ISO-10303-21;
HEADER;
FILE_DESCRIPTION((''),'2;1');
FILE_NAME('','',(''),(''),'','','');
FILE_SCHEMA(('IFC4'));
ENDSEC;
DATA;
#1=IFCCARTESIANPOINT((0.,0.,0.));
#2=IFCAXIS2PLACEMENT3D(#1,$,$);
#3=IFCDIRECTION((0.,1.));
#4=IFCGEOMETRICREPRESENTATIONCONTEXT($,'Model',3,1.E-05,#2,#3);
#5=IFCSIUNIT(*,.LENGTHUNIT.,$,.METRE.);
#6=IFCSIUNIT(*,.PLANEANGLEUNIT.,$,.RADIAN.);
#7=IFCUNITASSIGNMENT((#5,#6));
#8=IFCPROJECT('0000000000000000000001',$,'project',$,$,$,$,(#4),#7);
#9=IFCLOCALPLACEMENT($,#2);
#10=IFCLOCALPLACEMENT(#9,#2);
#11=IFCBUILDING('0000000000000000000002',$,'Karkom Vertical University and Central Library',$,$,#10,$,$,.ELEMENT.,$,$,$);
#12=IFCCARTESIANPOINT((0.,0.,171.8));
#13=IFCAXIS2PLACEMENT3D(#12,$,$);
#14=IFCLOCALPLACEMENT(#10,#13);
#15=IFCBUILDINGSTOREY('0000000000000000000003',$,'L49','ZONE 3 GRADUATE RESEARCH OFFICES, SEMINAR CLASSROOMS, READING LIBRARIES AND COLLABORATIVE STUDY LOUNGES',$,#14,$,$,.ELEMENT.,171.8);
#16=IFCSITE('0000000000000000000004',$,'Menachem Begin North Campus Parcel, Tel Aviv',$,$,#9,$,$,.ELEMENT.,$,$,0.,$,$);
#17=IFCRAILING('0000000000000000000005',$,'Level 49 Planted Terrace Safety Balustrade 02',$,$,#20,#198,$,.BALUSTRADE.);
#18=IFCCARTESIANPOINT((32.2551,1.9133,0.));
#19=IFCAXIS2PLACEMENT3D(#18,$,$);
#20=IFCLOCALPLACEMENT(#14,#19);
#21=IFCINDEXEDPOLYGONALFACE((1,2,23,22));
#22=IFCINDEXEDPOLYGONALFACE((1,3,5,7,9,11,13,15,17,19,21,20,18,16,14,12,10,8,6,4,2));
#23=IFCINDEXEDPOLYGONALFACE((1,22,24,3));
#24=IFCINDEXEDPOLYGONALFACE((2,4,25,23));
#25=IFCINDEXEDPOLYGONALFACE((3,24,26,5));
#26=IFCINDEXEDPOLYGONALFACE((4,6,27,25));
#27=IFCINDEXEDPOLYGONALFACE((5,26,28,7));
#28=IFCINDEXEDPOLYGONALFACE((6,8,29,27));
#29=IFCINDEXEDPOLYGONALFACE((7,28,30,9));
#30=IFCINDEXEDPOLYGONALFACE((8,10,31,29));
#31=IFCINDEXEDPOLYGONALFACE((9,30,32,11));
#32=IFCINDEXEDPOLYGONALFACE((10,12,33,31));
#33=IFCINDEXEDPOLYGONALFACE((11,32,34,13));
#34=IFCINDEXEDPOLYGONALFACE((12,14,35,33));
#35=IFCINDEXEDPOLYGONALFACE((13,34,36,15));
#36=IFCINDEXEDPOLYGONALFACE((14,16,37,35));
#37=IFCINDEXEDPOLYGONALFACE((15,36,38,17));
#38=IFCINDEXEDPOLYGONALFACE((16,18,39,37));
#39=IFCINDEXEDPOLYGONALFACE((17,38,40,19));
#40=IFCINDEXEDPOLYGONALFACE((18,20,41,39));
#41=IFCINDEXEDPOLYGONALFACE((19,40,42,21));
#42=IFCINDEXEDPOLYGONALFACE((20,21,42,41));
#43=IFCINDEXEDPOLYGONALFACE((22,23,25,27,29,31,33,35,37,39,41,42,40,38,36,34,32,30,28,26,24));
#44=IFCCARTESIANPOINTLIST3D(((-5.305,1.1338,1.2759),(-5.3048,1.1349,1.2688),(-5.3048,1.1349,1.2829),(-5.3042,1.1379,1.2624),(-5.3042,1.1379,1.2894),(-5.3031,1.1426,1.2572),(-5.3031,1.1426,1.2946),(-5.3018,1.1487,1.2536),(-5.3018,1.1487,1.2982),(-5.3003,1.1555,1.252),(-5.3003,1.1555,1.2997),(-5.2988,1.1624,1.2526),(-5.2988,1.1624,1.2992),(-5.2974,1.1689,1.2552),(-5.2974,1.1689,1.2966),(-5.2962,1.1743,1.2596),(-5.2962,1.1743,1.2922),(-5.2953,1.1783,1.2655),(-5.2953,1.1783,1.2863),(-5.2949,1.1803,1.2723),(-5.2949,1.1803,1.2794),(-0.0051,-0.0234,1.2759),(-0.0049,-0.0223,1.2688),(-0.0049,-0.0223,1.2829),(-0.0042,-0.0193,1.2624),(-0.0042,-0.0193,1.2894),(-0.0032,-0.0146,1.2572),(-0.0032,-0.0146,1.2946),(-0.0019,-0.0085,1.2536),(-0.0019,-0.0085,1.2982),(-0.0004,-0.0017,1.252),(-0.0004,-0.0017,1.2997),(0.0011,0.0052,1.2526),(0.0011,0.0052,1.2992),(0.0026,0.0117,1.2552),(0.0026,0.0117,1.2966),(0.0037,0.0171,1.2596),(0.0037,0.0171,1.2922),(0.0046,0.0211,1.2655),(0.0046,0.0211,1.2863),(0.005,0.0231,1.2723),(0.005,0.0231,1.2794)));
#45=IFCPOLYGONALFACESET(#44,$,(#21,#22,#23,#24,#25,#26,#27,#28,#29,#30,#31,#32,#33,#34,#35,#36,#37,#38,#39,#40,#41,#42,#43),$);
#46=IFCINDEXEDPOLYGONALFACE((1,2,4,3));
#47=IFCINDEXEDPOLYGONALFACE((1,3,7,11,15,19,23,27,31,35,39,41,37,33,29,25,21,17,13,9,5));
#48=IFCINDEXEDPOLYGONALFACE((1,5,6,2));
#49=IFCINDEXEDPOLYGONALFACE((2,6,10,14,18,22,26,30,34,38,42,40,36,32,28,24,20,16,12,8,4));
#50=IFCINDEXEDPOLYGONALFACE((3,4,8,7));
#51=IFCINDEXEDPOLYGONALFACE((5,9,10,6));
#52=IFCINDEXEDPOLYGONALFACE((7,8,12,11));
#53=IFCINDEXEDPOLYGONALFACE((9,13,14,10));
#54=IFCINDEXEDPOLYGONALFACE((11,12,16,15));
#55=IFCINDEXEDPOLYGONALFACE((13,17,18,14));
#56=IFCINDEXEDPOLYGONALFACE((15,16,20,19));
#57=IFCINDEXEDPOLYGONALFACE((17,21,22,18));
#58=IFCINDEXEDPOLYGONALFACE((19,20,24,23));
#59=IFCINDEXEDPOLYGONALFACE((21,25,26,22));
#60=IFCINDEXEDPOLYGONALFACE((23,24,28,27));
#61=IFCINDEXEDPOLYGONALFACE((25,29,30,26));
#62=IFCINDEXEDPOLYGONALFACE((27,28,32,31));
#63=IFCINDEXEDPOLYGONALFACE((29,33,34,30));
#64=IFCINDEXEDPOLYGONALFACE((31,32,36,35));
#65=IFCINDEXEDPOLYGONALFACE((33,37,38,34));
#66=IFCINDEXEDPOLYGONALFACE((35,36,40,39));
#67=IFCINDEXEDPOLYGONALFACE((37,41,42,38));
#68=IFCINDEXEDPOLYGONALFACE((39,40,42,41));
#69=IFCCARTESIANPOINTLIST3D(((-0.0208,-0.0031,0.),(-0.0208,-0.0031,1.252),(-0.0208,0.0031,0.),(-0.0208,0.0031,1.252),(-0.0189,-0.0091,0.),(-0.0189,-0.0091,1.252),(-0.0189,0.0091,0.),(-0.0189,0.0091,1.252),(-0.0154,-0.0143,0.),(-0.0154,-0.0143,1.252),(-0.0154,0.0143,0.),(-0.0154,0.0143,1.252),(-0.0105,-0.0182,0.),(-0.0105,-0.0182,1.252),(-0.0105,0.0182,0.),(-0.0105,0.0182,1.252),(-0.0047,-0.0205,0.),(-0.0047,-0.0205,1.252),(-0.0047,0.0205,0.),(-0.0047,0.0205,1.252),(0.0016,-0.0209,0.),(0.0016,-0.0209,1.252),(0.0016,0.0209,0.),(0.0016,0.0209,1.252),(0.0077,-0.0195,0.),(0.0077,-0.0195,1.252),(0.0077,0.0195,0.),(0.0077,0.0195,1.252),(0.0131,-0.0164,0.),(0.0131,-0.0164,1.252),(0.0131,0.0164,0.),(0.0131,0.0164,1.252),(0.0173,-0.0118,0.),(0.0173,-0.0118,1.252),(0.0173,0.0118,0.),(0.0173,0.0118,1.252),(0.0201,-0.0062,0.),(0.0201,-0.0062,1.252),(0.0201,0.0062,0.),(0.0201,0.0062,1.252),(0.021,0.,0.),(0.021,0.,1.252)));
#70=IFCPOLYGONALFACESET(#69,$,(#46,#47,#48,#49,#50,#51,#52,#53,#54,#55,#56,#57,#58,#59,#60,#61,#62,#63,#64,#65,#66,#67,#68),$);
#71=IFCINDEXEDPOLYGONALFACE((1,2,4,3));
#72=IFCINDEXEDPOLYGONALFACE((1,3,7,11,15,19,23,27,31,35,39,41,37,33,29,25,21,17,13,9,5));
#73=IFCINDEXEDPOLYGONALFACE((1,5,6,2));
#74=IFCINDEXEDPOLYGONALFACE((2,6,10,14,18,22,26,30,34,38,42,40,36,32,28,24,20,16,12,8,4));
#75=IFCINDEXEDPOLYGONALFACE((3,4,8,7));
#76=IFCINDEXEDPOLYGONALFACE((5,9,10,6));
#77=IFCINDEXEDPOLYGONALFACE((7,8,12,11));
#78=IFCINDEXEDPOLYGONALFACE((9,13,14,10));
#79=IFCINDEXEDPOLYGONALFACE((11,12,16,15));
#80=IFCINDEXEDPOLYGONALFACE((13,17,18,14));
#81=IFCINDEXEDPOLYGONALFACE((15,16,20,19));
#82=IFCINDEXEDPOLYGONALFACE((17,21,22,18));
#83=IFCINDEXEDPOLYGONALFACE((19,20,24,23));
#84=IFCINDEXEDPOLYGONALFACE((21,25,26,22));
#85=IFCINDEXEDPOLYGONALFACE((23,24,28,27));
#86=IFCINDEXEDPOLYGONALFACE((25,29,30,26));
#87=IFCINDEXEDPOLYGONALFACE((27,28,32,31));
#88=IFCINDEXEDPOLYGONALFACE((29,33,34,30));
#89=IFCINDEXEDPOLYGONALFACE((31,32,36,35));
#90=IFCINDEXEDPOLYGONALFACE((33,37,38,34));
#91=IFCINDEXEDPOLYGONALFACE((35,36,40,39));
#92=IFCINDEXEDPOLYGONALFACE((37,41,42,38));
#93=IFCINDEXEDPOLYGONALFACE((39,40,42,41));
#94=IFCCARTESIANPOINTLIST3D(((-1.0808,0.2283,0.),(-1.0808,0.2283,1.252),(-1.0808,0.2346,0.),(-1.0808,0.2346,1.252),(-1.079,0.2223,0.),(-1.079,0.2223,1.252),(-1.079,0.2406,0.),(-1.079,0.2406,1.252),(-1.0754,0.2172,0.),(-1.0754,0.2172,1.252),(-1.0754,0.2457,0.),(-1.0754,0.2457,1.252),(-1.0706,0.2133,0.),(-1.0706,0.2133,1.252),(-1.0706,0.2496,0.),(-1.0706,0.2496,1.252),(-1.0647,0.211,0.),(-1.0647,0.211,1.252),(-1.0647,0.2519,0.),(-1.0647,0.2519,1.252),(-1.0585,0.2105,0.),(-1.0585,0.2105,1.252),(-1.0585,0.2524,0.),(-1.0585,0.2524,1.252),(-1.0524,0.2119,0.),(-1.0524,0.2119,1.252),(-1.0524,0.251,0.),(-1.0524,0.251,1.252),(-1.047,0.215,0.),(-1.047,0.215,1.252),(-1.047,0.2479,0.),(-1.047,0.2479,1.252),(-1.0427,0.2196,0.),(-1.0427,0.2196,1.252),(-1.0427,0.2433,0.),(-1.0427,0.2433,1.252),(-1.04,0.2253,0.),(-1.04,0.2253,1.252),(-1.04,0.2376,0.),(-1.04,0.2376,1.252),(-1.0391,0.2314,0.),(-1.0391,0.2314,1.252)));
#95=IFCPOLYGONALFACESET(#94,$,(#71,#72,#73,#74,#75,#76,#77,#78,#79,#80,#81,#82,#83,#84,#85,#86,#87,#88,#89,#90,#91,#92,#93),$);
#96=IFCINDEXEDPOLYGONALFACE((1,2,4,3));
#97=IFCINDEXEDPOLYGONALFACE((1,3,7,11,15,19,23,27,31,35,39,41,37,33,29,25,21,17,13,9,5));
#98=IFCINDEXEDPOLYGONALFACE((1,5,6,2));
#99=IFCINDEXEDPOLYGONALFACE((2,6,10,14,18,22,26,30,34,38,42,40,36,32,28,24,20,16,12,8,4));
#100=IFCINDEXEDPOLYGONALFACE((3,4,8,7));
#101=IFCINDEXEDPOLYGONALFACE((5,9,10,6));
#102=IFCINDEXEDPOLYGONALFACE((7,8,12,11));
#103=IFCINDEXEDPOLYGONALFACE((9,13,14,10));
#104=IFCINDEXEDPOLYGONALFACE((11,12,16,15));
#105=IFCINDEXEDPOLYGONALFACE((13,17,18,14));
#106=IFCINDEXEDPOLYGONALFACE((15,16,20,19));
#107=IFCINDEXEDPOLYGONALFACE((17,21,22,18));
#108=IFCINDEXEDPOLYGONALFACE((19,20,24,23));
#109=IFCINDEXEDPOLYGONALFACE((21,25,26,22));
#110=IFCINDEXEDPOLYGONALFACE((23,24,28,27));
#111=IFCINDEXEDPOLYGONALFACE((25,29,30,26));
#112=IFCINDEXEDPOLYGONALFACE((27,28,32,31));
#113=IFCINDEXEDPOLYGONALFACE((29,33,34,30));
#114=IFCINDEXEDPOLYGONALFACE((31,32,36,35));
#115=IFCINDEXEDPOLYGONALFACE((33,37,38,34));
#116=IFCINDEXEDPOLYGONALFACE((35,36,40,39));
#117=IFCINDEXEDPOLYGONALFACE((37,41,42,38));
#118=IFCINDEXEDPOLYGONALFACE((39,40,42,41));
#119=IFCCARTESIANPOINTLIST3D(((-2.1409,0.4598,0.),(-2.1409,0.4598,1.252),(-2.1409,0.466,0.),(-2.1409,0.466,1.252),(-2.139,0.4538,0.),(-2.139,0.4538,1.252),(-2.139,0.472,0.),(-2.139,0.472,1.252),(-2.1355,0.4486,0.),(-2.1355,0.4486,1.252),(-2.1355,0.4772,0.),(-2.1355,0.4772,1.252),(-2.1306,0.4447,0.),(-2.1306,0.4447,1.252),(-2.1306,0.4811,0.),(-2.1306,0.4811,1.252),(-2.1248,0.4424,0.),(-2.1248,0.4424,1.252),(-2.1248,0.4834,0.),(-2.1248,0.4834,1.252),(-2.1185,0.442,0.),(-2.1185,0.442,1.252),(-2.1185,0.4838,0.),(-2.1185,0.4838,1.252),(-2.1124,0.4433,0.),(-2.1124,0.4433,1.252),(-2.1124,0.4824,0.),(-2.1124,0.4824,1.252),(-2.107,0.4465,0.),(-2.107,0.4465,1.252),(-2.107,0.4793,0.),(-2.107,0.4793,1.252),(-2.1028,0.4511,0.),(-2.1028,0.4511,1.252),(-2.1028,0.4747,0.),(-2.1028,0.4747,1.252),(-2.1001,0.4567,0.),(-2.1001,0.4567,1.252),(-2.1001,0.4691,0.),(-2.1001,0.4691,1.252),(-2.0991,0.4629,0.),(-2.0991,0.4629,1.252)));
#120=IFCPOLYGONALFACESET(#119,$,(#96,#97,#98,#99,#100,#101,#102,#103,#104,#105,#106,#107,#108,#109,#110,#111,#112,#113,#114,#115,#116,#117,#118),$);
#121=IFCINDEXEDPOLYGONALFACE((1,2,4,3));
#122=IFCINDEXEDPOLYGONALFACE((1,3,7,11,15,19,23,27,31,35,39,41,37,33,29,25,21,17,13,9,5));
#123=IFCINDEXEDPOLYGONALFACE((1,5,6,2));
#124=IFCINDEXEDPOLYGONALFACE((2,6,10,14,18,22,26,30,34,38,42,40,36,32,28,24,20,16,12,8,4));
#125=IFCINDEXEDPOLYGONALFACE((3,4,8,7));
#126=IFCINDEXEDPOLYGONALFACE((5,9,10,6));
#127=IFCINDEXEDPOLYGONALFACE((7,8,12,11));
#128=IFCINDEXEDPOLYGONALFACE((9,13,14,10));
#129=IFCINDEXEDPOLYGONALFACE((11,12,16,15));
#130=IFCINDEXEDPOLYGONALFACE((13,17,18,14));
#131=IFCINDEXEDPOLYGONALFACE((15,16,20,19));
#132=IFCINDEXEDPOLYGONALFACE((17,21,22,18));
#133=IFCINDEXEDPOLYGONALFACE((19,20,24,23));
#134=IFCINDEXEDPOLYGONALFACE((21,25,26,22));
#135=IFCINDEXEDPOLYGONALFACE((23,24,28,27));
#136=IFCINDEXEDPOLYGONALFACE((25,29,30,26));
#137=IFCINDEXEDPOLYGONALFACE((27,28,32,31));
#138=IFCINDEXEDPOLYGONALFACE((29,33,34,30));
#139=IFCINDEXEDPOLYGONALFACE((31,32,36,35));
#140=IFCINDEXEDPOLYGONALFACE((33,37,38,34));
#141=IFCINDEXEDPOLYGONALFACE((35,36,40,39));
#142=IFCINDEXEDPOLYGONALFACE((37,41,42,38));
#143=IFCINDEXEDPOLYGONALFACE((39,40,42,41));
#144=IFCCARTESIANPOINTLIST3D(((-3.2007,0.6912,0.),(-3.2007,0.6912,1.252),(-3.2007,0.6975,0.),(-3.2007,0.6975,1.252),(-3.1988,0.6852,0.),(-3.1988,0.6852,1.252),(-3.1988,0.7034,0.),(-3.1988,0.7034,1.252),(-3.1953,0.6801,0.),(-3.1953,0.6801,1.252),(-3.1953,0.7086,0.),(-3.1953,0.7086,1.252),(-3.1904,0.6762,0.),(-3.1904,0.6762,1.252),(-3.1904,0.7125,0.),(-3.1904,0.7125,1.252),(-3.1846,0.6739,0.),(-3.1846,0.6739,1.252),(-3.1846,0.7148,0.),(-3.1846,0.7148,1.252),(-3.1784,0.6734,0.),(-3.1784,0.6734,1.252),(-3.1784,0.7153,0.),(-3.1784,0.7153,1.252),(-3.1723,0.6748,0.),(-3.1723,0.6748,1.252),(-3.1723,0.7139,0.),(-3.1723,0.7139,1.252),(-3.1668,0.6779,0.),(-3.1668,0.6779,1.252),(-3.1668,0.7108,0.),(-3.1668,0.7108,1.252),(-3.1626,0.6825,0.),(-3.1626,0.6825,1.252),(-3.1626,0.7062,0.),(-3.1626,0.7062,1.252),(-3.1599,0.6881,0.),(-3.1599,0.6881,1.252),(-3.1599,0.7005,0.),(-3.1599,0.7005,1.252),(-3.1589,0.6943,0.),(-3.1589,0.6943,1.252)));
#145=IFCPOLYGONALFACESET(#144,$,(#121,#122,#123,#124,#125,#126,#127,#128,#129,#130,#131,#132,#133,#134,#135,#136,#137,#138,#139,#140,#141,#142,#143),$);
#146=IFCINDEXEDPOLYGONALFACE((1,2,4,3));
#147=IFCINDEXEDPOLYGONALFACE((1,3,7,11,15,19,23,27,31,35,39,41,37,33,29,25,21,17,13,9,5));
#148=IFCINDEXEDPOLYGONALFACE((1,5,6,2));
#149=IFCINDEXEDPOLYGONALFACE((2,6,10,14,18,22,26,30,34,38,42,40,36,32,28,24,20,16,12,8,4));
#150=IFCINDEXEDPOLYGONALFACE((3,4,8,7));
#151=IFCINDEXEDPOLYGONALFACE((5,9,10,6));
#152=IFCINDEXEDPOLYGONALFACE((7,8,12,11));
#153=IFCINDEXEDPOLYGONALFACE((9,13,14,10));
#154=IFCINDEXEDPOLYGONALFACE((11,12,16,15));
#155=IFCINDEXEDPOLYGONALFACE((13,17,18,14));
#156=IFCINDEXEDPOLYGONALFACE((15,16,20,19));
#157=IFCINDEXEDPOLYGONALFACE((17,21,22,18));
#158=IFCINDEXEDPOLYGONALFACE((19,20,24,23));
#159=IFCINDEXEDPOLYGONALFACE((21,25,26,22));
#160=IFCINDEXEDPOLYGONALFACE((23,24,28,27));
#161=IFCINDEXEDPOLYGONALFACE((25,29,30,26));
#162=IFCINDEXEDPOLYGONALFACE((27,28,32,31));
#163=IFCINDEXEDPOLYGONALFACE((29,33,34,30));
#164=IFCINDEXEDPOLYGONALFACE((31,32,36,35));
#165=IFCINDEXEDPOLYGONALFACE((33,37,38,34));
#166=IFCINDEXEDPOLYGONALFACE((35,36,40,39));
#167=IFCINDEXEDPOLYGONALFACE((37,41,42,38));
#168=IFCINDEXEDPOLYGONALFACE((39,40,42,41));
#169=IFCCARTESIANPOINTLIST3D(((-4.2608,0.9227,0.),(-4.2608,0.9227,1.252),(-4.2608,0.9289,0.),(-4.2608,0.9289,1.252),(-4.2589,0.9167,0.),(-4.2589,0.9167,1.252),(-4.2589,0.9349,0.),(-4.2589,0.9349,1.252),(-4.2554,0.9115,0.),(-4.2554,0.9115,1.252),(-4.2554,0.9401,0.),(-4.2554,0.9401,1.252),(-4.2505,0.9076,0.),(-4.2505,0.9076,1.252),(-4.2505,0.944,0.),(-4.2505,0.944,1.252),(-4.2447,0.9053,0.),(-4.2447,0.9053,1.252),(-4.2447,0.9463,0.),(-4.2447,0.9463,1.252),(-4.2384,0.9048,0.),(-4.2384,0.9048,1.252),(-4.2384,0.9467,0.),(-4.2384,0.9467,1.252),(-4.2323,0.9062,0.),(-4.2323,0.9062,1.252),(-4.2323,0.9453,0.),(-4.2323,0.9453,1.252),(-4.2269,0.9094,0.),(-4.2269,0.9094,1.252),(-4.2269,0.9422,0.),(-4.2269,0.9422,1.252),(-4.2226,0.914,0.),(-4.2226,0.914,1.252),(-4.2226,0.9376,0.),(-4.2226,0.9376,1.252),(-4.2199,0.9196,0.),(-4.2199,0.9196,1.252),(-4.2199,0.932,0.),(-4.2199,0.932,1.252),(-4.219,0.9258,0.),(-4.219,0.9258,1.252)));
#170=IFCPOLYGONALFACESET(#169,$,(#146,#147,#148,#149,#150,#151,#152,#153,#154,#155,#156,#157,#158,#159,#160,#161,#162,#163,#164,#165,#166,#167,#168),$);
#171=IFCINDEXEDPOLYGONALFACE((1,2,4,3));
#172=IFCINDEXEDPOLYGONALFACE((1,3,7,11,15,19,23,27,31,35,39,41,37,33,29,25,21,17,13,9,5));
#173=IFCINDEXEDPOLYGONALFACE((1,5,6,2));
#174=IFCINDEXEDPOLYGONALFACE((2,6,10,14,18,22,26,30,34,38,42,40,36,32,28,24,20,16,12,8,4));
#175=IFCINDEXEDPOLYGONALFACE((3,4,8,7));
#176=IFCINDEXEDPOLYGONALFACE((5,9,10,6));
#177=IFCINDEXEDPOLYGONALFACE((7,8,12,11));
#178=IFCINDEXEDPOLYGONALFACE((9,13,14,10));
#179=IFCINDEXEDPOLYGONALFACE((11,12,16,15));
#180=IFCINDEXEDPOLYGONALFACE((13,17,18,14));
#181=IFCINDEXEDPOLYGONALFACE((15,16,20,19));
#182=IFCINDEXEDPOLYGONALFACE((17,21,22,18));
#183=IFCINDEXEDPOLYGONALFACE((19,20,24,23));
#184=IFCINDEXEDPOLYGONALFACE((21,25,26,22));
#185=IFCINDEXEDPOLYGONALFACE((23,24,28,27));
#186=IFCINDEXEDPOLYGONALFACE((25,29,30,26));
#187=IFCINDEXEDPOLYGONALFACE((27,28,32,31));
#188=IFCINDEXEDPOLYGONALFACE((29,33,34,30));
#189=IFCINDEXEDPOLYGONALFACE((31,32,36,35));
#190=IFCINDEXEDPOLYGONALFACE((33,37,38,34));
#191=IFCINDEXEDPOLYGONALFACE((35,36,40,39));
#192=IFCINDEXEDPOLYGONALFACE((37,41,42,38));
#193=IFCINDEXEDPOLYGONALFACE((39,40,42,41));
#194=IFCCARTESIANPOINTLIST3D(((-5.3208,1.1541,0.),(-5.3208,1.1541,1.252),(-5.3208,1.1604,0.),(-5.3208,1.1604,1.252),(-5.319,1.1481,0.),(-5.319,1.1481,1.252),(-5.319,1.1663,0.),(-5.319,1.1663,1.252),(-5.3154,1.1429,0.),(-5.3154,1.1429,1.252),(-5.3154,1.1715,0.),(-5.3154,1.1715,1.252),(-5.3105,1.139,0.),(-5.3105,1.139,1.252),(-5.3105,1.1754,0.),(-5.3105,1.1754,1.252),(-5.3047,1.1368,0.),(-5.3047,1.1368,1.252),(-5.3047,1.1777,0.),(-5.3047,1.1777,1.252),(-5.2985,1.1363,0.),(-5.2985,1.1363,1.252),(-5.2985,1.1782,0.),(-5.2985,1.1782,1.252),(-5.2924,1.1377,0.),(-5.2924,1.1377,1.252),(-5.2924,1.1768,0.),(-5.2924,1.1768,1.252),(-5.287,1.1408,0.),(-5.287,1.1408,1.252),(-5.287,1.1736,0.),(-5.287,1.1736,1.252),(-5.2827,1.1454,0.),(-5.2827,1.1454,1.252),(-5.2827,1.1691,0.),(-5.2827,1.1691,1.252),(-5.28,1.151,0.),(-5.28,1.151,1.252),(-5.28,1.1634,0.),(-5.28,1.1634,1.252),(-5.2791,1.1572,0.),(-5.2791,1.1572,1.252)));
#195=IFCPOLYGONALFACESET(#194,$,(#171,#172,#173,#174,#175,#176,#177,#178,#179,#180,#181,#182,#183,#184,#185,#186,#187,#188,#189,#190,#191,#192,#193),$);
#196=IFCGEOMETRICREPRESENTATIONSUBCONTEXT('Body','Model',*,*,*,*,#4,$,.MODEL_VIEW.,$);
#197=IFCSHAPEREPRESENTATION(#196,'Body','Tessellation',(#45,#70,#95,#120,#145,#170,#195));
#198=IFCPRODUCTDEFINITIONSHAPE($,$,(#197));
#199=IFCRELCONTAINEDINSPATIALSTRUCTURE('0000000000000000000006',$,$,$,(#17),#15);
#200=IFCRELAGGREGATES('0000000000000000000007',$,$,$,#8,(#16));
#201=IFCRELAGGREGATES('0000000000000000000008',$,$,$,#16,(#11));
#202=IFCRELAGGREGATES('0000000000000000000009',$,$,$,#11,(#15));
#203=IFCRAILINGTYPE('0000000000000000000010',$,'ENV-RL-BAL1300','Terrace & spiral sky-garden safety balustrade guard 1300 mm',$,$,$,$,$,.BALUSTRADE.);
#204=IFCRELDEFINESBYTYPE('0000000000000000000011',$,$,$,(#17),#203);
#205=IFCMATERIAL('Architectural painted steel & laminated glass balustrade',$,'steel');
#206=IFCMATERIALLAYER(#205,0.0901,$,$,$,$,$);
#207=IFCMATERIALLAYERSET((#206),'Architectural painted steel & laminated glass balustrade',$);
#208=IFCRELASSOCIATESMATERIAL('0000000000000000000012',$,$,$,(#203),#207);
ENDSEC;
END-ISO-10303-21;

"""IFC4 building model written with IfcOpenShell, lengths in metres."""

from ifc_helpers import new_model, si_unit, direction, frame, origin, origin_2d, place, context, subcontext, project, spatial, circle, extrude, material, layer, layer_set, type_object, element, save


model = new_model("IFC4")

# Units and contexts
model_context = context("Model", 3, precision=1e-05, world=origin(), true_north=direction((0.0, 1.0)))
body_context = subcontext(model_context, "Body", "Model", "MODEL_VIEW")
ifc_project = project(units=[si_unit("LENGTHUNIT", "METRE"), si_unit("PLANEANGLEUNIT", "RADIAN")], contexts=[model_context])

# Site, building, storey
site_placement = place(None, origin())
site = spatial("IfcSite", under=ifc_project, at=site_placement, Name="Menachem Begin North Campus Parcel, Tel Aviv", CompositionType="ELEMENT", RefElevation=0.0)
building_placement = place(site_placement, origin())
building = spatial("IfcBuilding", under=site, at=building_placement, Name="Karkom Vertical University and Central Library", CompositionType="ELEMENT")
storey_placement = place(building_placement, frame((0.0, 0.0, 171.8)))
storey = spatial("IfcBuildingStorey", under=building, at=storey_placement, Name="L49", Description="ZONE 3 GRADUATE RESEARCH OFFICES, SEMINAR CLASSROOMS, READING LIBRARIES AND COLLABORATIVE STUDY LOUNGES", CompositionType="ELEMENT", Elevation=171.8)

# Railing
ifc_material_1 = material(Name="Architectural painted steel & laminated glass balustrade", Category="steel")
ifc_layer_1 = layer(ifc_material_1, 0.0901)
ifc_layer_set_1 = layer_set([ifc_layer_1], Name="Architectural painted steel & laminated glass balustrade")
railing_type = type_object("IfcRailingType", Name="ENV-RL-BAL1300", Description="Terrace & spiral sky-garden safety balustrade guard 1300 mm", PredefinedType="BALUSTRADE", material=ifc_layer_set_1)
railing_1_placement = place(storey_placement, frame((32.2551, 1.9133, 0.0)))
element("IfcRailing", 1, at=railing_1_placement, inside=storey, type_object=railing_type, Name="Level 49 Planted Terrace Safety Balustrade 02", PredefinedType="BALUSTRADE", context=body_context, shape_type="SweptSolid", body=[
    extrude(circle(Radius=0.0239, at=origin_2d()), frame((0.0, 0.0, 1.2759), z_axis=(-0.976983, 0.213317, 0.0), x_axis=(-0.213317, -0.976983, 0.0)), (0.0, 0.0, 1.0), 5.4248),
    extrude(circle(Radius=0.021, at=origin_2d()), origin(), (0.0, 0.0, 1.0), 1.252),
    extrude(circle(Radius=0.021, at=origin_2d()), frame((-1.0601, 0.2314, 0.0)), (0.0, 0.0, 1.0), 1.252),
    extrude(circle(Radius=0.021, at=origin_2d()), frame((-2.1201, 0.4629, 0.0)), (0.0, 0.0, 1.0), 1.252),
    extrude(circle(Radius=0.021, at=origin_2d()), frame((-3.1799, 0.6943, 0.0)), (0.0, 0.0, 1.0), 1.252),
    extrude(circle(Radius=0.021, at=origin_2d()), frame((-4.24, 0.9258, 0.0)), (0.0, 0.0, 1.0), 1.252),
    extrude(circle(Radius=0.021, at=origin_2d()), frame((-5.3, 1.1572, 0.0)), (0.0, 0.0, 1.0), 1.252),
])

save(model, "model.ifc")
